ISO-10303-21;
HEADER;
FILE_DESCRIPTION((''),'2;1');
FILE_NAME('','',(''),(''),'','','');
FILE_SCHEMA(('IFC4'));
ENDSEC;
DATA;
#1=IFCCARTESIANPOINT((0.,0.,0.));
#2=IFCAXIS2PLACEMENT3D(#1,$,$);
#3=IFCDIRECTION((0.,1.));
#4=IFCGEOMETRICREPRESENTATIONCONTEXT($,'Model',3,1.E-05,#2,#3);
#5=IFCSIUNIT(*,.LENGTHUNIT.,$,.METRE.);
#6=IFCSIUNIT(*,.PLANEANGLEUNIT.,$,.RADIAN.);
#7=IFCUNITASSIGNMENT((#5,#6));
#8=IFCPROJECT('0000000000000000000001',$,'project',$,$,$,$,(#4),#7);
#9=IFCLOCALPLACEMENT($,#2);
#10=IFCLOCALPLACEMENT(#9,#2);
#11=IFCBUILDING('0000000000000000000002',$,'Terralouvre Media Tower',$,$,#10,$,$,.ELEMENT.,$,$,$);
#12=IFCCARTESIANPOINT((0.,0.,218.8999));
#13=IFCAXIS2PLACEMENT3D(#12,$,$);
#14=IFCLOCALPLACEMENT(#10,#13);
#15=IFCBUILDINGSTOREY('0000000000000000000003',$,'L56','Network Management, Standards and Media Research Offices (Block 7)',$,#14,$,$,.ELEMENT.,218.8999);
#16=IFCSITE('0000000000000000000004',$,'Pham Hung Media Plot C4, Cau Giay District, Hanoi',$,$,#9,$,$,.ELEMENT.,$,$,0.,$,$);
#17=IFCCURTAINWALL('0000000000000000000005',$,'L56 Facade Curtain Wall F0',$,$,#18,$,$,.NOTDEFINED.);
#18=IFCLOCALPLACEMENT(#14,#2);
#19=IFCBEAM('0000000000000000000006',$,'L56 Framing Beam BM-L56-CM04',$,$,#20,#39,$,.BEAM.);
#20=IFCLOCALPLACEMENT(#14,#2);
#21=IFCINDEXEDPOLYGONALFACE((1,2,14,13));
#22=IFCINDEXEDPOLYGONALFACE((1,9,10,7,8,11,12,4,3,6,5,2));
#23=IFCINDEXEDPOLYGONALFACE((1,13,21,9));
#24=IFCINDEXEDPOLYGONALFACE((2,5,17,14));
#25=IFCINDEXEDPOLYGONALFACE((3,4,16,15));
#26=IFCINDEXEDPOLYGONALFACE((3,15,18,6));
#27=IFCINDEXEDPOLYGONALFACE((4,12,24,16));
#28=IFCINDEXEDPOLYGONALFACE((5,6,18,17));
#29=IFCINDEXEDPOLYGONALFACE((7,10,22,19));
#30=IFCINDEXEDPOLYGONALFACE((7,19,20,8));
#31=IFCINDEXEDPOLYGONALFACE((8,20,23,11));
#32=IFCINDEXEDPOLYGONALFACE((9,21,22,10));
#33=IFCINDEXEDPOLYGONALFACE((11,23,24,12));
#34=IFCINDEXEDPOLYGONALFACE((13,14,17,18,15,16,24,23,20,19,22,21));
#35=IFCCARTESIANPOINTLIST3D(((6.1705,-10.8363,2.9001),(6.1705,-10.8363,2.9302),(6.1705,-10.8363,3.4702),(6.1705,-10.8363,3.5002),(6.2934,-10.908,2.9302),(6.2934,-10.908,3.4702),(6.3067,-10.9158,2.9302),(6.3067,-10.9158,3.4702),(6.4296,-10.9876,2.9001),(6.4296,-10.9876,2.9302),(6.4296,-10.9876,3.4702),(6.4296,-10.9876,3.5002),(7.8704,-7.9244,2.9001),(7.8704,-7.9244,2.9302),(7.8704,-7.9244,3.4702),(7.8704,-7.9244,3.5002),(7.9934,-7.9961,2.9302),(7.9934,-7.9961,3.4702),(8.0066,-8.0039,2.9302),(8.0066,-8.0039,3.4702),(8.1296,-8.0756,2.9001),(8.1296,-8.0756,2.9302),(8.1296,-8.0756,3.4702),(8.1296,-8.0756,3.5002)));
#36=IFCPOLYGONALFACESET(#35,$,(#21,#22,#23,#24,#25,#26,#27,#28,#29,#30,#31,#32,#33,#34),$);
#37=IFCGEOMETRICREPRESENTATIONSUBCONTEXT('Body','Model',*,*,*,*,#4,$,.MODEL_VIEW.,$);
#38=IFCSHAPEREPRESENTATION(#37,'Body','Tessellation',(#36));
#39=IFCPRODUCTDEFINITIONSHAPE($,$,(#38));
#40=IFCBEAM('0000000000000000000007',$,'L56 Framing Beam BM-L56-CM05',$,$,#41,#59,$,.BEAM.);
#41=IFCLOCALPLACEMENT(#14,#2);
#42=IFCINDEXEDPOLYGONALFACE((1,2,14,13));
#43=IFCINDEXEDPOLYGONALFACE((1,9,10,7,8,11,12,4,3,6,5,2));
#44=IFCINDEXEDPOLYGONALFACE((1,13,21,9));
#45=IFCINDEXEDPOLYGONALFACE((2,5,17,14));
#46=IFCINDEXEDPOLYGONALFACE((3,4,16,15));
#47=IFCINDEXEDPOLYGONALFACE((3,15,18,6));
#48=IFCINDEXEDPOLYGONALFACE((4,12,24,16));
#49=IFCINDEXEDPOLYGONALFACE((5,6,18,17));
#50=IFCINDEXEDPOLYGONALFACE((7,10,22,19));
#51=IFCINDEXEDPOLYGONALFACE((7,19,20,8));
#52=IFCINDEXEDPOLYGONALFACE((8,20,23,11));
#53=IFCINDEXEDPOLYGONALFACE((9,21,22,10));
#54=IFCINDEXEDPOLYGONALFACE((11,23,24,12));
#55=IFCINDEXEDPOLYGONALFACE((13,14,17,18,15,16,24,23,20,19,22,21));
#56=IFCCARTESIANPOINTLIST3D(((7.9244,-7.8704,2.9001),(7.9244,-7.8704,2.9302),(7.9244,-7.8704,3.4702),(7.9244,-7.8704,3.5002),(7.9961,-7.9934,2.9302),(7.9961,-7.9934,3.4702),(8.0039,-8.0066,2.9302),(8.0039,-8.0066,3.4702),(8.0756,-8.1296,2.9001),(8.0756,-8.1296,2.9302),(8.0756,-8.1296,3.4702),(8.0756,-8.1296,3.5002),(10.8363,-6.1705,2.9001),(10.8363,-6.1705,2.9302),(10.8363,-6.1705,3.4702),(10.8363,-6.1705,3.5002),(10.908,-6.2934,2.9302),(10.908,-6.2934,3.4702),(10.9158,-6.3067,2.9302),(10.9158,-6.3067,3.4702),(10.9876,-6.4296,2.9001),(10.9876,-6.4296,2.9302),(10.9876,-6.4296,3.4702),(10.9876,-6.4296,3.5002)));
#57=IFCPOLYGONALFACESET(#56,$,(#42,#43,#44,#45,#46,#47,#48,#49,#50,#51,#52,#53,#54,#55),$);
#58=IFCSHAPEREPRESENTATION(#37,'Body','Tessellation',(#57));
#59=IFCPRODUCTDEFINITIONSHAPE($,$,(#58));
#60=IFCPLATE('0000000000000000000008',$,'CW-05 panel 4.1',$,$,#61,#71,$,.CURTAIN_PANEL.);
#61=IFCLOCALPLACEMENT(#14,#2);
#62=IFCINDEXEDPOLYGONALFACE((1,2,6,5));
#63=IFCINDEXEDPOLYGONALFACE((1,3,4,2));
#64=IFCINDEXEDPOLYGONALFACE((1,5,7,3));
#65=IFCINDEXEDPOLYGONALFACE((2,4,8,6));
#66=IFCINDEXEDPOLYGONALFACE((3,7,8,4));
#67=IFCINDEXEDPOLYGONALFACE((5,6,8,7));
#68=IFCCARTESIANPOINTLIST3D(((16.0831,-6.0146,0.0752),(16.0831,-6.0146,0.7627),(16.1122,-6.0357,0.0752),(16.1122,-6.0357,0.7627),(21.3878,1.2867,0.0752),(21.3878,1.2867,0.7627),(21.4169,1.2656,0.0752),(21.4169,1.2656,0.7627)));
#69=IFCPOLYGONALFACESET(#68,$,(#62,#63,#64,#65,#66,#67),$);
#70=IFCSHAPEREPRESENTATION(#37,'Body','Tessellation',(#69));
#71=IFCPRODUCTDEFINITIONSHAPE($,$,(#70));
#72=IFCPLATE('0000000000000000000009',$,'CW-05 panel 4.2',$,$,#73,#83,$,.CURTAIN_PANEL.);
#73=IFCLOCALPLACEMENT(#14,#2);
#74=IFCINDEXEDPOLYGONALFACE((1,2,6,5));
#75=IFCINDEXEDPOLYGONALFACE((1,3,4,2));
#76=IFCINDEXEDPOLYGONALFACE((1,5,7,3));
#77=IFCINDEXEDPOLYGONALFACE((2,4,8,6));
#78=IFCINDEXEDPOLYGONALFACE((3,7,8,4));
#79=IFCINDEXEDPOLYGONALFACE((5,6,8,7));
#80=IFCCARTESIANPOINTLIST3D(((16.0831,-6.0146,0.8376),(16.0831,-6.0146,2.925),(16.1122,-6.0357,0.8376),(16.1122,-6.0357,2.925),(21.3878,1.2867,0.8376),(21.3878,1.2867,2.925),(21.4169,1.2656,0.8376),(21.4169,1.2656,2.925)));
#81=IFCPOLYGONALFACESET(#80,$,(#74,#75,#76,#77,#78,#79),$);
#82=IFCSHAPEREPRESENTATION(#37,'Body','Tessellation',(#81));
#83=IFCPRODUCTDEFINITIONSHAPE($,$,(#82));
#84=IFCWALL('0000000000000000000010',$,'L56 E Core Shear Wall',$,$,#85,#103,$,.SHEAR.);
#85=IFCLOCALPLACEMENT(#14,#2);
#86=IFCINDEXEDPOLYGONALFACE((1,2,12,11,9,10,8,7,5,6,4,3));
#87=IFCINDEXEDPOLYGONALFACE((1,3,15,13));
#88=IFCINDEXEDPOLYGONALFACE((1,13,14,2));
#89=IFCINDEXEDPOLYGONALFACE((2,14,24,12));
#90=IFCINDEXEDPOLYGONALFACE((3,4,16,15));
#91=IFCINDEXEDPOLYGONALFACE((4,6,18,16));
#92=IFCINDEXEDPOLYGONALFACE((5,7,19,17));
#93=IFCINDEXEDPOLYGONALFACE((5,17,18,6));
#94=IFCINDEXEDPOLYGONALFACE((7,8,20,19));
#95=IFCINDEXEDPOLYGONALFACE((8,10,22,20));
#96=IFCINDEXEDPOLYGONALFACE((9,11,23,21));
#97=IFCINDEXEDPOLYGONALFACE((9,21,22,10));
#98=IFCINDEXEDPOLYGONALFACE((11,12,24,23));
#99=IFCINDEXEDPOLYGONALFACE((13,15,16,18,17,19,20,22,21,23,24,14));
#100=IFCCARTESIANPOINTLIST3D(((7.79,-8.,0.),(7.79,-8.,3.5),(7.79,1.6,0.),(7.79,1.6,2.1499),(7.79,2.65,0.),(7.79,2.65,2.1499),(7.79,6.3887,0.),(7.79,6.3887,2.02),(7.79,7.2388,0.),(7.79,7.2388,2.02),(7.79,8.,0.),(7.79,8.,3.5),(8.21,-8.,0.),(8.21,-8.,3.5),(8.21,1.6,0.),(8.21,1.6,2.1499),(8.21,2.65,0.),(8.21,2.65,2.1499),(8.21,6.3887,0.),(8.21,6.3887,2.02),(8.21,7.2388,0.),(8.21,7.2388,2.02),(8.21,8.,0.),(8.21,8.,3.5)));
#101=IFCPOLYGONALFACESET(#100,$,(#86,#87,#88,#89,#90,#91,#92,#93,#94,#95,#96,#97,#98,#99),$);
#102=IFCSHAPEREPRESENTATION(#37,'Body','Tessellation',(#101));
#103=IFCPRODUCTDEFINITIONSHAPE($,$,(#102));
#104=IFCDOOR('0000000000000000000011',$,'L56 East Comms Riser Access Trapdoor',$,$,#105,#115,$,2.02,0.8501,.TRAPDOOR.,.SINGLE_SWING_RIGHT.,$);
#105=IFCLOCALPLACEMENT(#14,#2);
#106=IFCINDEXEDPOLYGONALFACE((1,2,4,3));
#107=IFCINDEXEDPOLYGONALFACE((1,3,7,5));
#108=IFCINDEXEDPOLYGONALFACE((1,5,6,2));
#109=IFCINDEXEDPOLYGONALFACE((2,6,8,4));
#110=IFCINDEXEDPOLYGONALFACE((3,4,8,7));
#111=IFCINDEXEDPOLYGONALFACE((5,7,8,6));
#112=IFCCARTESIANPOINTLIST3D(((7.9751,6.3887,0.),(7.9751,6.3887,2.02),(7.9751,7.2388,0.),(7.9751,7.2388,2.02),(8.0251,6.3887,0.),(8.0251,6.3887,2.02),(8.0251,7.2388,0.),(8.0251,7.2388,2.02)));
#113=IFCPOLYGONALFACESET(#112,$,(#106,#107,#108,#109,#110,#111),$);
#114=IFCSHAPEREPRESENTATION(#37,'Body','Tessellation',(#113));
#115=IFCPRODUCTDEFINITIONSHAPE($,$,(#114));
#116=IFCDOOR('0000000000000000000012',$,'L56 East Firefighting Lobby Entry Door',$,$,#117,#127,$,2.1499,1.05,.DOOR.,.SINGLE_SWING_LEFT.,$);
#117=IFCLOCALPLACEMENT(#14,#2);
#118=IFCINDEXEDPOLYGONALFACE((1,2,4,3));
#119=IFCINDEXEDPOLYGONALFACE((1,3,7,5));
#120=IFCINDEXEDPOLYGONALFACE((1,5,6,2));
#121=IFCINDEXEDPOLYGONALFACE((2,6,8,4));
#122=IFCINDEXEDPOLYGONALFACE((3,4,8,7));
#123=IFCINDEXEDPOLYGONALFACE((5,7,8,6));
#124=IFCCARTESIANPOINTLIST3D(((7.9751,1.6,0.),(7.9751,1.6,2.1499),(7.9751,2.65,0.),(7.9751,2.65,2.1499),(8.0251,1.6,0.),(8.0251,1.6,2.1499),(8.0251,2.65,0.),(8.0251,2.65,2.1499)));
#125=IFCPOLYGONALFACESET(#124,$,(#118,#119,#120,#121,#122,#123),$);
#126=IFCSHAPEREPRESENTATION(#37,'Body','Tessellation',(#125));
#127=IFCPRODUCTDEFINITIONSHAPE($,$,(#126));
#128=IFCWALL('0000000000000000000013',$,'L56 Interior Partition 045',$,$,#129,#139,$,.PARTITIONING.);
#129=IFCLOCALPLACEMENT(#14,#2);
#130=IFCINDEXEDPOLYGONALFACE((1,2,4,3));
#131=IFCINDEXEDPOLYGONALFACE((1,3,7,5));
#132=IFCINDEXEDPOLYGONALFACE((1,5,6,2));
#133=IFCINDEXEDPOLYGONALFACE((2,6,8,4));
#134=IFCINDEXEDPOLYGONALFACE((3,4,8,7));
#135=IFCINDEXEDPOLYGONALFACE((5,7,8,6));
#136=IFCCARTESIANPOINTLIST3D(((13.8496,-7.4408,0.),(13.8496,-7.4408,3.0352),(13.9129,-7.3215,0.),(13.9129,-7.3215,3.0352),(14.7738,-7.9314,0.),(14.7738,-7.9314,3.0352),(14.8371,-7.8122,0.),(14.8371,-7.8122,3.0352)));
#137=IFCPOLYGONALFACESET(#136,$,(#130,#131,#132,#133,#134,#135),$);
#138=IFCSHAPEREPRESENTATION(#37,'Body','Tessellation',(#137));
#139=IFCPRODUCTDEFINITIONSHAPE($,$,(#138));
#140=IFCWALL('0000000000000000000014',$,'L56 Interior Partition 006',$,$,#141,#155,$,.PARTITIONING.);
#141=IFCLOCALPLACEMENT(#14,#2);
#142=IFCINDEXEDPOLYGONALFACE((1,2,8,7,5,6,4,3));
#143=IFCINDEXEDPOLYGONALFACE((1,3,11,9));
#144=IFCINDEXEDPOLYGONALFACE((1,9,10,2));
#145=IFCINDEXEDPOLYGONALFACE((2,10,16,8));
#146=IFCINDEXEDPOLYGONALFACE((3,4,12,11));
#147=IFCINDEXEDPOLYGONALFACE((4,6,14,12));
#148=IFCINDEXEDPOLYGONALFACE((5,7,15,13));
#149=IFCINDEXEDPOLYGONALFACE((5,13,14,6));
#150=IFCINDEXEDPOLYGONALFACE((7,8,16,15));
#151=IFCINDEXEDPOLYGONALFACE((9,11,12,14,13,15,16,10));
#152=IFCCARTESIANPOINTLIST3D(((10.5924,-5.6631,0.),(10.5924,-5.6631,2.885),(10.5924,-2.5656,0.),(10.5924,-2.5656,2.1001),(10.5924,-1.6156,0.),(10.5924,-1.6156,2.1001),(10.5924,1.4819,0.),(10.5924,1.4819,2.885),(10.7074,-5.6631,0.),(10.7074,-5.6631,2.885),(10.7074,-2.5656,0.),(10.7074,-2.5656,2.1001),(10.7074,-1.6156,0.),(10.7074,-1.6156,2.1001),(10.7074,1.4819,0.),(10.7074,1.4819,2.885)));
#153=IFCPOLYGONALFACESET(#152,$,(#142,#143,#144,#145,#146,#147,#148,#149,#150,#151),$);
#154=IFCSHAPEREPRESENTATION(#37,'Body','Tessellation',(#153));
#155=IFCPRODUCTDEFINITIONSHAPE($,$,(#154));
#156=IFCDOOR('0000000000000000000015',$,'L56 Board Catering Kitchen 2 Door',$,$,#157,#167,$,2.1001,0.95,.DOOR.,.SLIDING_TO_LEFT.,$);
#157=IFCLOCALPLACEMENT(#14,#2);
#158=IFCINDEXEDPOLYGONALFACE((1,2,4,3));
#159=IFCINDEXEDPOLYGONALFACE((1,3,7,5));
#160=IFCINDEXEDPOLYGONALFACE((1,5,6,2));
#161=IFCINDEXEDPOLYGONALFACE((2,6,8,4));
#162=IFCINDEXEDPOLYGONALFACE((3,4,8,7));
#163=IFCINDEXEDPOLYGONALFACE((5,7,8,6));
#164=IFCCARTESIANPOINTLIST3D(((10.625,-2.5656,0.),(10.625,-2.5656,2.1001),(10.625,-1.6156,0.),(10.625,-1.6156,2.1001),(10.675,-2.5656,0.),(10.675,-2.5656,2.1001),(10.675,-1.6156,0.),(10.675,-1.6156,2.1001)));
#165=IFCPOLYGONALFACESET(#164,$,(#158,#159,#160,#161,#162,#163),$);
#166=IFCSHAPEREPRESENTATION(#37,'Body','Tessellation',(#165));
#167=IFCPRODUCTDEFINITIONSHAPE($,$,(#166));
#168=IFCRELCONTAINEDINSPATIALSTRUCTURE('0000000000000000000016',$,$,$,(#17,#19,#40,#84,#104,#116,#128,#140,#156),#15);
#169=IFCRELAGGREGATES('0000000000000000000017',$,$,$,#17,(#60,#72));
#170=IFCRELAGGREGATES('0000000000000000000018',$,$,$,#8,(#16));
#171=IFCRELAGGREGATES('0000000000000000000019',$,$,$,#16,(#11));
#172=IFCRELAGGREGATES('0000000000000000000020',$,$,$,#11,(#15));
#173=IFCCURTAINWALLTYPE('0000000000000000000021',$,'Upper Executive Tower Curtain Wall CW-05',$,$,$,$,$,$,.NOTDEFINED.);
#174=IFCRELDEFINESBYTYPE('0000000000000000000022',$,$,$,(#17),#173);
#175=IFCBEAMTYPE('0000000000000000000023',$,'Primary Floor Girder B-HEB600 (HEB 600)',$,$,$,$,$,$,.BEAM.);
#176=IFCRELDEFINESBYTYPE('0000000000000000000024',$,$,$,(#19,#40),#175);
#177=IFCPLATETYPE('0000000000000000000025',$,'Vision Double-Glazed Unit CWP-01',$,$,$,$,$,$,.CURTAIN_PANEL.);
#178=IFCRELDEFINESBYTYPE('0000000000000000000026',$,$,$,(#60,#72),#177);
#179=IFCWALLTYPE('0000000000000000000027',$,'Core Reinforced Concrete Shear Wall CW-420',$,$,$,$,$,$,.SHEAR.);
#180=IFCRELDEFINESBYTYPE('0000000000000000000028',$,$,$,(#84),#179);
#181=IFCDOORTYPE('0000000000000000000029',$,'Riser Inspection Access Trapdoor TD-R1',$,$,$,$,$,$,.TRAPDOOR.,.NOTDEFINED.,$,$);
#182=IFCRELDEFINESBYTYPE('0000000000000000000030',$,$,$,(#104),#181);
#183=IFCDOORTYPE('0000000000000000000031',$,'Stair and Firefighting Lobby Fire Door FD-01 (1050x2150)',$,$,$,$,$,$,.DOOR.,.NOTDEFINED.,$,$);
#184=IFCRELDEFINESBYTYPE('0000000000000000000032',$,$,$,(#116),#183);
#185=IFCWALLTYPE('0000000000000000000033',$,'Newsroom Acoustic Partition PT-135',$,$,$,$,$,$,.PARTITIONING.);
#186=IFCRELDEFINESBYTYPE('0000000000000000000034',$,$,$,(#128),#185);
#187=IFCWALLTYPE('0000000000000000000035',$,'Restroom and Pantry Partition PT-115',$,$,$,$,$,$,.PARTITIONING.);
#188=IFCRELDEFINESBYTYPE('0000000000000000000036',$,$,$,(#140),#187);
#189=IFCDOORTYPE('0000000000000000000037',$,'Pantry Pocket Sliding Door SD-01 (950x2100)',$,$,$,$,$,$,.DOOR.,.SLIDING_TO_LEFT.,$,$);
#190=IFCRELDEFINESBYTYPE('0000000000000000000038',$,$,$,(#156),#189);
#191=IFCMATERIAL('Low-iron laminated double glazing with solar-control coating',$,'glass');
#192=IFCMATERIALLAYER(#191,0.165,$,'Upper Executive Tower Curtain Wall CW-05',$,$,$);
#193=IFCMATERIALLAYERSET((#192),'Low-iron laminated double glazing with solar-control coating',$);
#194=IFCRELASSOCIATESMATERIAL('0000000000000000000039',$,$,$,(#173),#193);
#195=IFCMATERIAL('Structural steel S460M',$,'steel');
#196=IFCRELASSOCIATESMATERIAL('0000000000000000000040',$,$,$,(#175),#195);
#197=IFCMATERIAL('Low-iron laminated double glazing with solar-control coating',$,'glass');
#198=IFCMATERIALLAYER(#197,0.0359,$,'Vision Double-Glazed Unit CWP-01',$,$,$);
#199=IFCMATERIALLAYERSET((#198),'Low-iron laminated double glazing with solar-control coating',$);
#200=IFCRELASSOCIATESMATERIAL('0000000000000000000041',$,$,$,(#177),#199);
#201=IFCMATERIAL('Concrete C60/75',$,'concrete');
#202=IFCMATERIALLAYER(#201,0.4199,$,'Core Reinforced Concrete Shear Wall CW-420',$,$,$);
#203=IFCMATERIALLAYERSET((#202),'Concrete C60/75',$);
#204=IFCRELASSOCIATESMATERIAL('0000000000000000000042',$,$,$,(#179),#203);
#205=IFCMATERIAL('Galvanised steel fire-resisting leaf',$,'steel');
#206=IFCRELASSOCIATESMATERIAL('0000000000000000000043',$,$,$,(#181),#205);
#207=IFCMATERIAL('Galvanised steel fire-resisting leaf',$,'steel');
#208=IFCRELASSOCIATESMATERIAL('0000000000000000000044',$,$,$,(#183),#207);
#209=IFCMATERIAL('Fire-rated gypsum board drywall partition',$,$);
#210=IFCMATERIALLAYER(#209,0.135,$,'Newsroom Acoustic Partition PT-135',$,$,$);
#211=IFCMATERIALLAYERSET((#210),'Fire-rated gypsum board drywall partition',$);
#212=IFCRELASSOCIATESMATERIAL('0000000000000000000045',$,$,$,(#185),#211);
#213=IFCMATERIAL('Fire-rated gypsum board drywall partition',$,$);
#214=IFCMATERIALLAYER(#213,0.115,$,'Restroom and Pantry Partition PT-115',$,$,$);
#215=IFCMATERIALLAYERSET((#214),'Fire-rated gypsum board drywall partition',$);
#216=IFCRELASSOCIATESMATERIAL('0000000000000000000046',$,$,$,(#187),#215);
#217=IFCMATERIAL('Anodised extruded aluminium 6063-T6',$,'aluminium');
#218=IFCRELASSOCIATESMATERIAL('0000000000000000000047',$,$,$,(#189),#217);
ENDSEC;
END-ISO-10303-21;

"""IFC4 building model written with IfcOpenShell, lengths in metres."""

from ifc_helpers import new_model, si_unit, direction, frame, frame_2d, origin, origin_2d, place, context, subcontext, project, spatial, rectangle, i_section, extrude, material, layer, layer_set, material_profile, profile_set, type_object, element, fill, aggregate, save


model = new_model("IFC4")

# Units and contexts
model_context = context("Model", 3, precision=1e-05, world=origin(), true_north=direction((0.0, 1.0)))
body_context = subcontext(model_context, "Body", "Model", "MODEL_VIEW")
ifc_project = project(units=[si_unit("LENGTHUNIT", "METRE"), si_unit("PLANEANGLEUNIT", "RADIAN")], contexts=[model_context])

# Site, building, storey
site_placement = place(None, origin())
site = spatial("IfcSite", under=ifc_project, at=site_placement, Name="Pham Hung Media Plot C4, Cau Giay District, Hanoi", CompositionType="ELEMENT", RefElevation=0.0)
building_placement = place(site_placement, origin())
building = spatial("IfcBuilding", under=site, at=building_placement, Name="Terralouvre Media Tower", CompositionType="ELEMENT")
storey_placement = place(building_placement, frame((0.0, 0.0, 218.8999)))
storey = spatial("IfcBuildingStorey", under=building, at=storey_placement, Name="L56", Description="Network Management, Standards and Media Research Offices (Block 7)", CompositionType="ELEMENT", Elevation=218.8999)

# Curtain wall
ifc_material_1 = material(Name="Low-iron laminated double glazing with solar-control coating", Category="glass")
ifc_layer_1 = layer(ifc_material_1, 0.165, Name="Upper Executive Tower Curtain Wall CW-05")
ifc_layer_set_1 = layer_set([ifc_layer_1], Name="Low-iron laminated double glazing with solar-control coating")
curtain_wall_type = type_object("IfcCurtainWallType", Name="Upper Executive Tower Curtain Wall CW-05", PredefinedType="NOTDEFINED", material=ifc_layer_set_1)
curtain_wall_placement = place(storey_placement, origin())
curtain_wall = element("IfcCurtainWall", 1, at=curtain_wall_placement, inside=storey, type_object=curtain_wall_type, Name="L56 Facade Curtain Wall F0", PredefinedType="NOTDEFINED")

# Beams
ifc_material_2 = material(Name="Structural steel S460M", Category="steel")
ifc_material_profile_1 = material_profile(ifc_material_2, i_section(OverallWidth=0.3, OverallDepth=0.6001, WebThickness=0.0154, FlangeThickness=0.03, at=origin_2d()), Name="HEB 600")
ifc_profile_set_1 = profile_set([ifc_material_profile_1], Name="Structural steel S460M")
beam_type_1 = type_object("IfcBeamType", Name="Primary Floor Girder B-HEB600 (HEB 600)", PredefinedType="BEAM", material=ifc_profile_set_1)
for number, where, z_axis, x_axis, name in (
    (2, (8.0, -8.0, 3.2002), (-0.504173, -0.863603, 0.0), (0.863603, -0.504173, 0.0), "L56 Framing Beam BM-L56-CM04"),
    (3, (8.0, -8.0, 3.2002), (0.863603, 0.504173, 0.0), (-0.504173, 0.863603, 0.0), "L56 Framing Beam BM-L56-CM05"),
):
    element("IfcBeam", number, at=place(storey_placement, frame(where, z_axis=z_axis, x_axis=x_axis)), inside=storey, type_object=beam_type_1, Name=name, PredefinedType="BEAM", context=body_context, shape_type="SweptSolid", body=[
        extrude(i_section(OverallWidth=0.3, OverallDepth=0.6001, WebThickness=0.0154, FlangeThickness=0.03, at=origin_2d()), origin(), (0.0, 0.0, 1.0), 3.3718),
    ])

# Plates
ifc_material_3 = material(Name="Low-iron laminated double glazing with solar-control coating", Category="glass")
ifc_layer_2 = layer(ifc_material_3, 0.0359, Name="Vision Double-Glazed Unit CWP-01")
ifc_layer_set_2 = layer_set([ifc_layer_2], Name="Low-iron laminated double glazing with solar-control coating")
plate_type = type_object("IfcPlateType", Name="Vision Double-Glazed Unit CWP-01", PredefinedType="CURTAIN_PANEL", material=ifc_layer_set_2)
plate_1_placement = place(storey_placement, frame((18.75, -2.3745, 0.0752), z_axis=(0.0, 0.0, 1.0), x_axis=(0.587785, 0.809017, 0.0)))
plate_1 = element("IfcPlate", 4, at=plate_1_placement, type_object=plate_type, Name="CW-05 panel 4.1", PredefinedType="CURTAIN_PANEL", context=body_context, shape_type="SweptSolid", body=[
    extrude(rectangle(XDim=9.0249, YDim=0.0359, at=origin_2d()), origin(), (0.0, 0.0, 1.0), 0.6875),
])
plate_2_placement = place(storey_placement, frame((18.75, -2.3745, 0.8376), z_axis=(0.0, 0.0, 1.0), x_axis=(0.587785, 0.809017, 0.0)))
plate_2 = element("IfcPlate", 5, at=plate_2_placement, type_object=plate_type, Name="CW-05 panel 4.2", PredefinedType="CURTAIN_PANEL", context=body_context, shape_type="SweptSolid", body=[
    extrude(rectangle(XDim=9.0249, YDim=0.0359, at=origin_2d()), origin(), (0.0, 0.0, 1.0), 2.0874),
])
aggregate(curtain_wall, [plate_1, plate_2])

# Wall, openings, doors
ifc_material_4 = material(Name="Concrete C60/75", Category="concrete")
ifc_layer_3 = layer(ifc_material_4, 0.4199, Name="Core Reinforced Concrete Shear Wall CW-420")
ifc_layer_set_3 = layer_set([ifc_layer_3], Name="Concrete C60/75")
wall_type_1 = type_object("IfcWallType", Name="Core Reinforced Concrete Shear Wall CW-420", PredefinedType="SHEAR", material=ifc_layer_set_3)
wall_1_placement = place(storey_placement, frame((8.0, -8.0, 0.0), z_axis=(0.0, 0.0, 1.0), x_axis=(0.0, 1.0, 0.0)))
wall_1 = element("IfcWall", 6, at=wall_1_placement, inside=storey, type_object=wall_type_1, Name="L56 E Core Shear Wall", PredefinedType="SHEAR", context=body_context, shape_type="SweptSolid", body=[
    extrude(rectangle(XDim=16.0, YDim=0.4199, at=frame_2d((8.0, 0.0))), origin(), (0.0, 0.0, 1.0), 3.5),
])
opening_1_placement = place(wall_1_placement, frame((9.6001, 0.0, 0.0)))
opening_1 = element("IfcOpeningElement", 7, at=opening_1_placement, cuts=wall_1, PredefinedType="OPENING", context=body_context, shape_type="SweptSolid", body=[
    extrude(rectangle(XDim=1.05, YDim=2.1499, at=frame_2d((0.5249, 1.075))), frame((0.0, 0.22, 0.0), z_axis=(0.0, -1.0, 0.0), x_axis=(1.0, 0.0, 0.0)), (0.0, 0.0, 1.0), 0.4399),
])
opening_2_placement = place(wall_1_placement, frame((14.3887, 0.0, 0.0)))
opening_2 = element("IfcOpeningElement", 8, at=opening_2_placement, cuts=wall_1, PredefinedType="OPENING", context=body_context, shape_type="SweptSolid", body=[
    extrude(rectangle(XDim=0.8501, YDim=2.02, at=frame_2d((0.425, 1.01))), frame((0.0, 0.22, 0.0), z_axis=(0.0, -1.0, 0.0), x_axis=(1.0, 0.0, 0.0)), (0.0, 0.0, 1.0), 0.4399),
])
ifc_material_5 = material(Name="Galvanised steel fire-resisting leaf", Category="steel")
door_type_1 = type_object("IfcDoorType", Name="Riser Inspection Access Trapdoor TD-R1", OperationType="NOTDEFINED", PredefinedType="TRAPDOOR", material=ifc_material_5)
door_1_placement = place(opening_2_placement, origin())
door_1 = element("IfcDoor", 9, at=door_1_placement, inside=storey, type_object=door_type_1, Name="L56 East Comms Riser Access Trapdoor", OperationType="SINGLE_SWING_RIGHT", OverallHeight=2.02, OverallWidth=0.8501, PredefinedType="TRAPDOOR", context=body_context, shape_type="SweptSolid", body=[
    extrude(rectangle(XDim=0.8501, YDim=2.02, at=frame_2d((0.425, 1.01))), frame((0.0, 0.0249, 0.0), z_axis=(0.0, -1.0, 0.0), x_axis=(1.0, 0.0, 0.0)), (0.0, 0.0, 1.0), 0.05),
])
fill(opening_2, door_1)
ifc_material_6 = material(Name="Galvanised steel fire-resisting leaf", Category="steel")
door_type_2 = type_object("IfcDoorType", Name="Stair and Firefighting Lobby Fire Door FD-01 (1050x2150)", OperationType="NOTDEFINED", PredefinedType="DOOR", material=ifc_material_6)
door_2_placement = place(opening_1_placement, origin())
door_2 = element("IfcDoor", 10, at=door_2_placement, inside=storey, type_object=door_type_2, Name="L56 East Firefighting Lobby Entry Door", OperationType="SINGLE_SWING_LEFT", OverallHeight=2.1499, OverallWidth=1.05, PredefinedType="DOOR", context=body_context, shape_type="SweptSolid", body=[
    extrude(rectangle(XDim=1.05, YDim=2.1499, at=frame_2d((0.5249, 1.075))), frame((0.0, 0.0249, 0.0), z_axis=(0.0, -1.0, 0.0), x_axis=(1.0, 0.0, 0.0)), (0.0, 0.0, 1.0), 0.05),
])
fill(opening_1, door_2)

# Wall
ifc_material_7 = material(Name="Fire-rated gypsum board drywall partition")
ifc_layer_4 = layer(ifc_material_7, 0.135, Name="Newsroom Acoustic Partition PT-135")
ifc_layer_set_4 = layer_set([ifc_layer_4], Name="Fire-rated gypsum board drywall partition")
wall_type_2 = type_object("IfcWallType", Name="Newsroom Acoustic Partition PT-135", PredefinedType="PARTITIONING", material=ifc_layer_set_4)
wall_2_placement = place(storey_placement, frame((14.8054, -7.8718, 0.0), z_axis=(0.0, 0.0, 1.0), x_axis=(-0.883243, 0.468916, 0.0)))
element("IfcWall", 11, at=wall_2_placement, inside=storey, type_object=wall_type_2, Name="L56 Interior Partition 045", PredefinedType="PARTITIONING", context=body_context, shape_type="SweptSolid", body=[
    extrude(rectangle(XDim=1.0464, YDim=0.135, at=frame_2d((0.5232, 0.0))), origin(), (0.0, 0.0, 1.0), 3.0352),
])

# Wall, opening, door
ifc_material_8 = material(Name="Fire-rated gypsum board drywall partition")
ifc_layer_5 = layer(ifc_material_8, 0.115, Name="Restroom and Pantry Partition PT-115")
ifc_layer_set_5 = layer_set([ifc_layer_5], Name="Fire-rated gypsum board drywall partition")
wall_type_3 = type_object("IfcWallType", Name="Restroom and Pantry Partition PT-115", PredefinedType="PARTITIONING", material=ifc_layer_set_5)
wall_3_placement = place(storey_placement, frame((10.6499, -5.6631, 0.0), z_axis=(0.0, 0.0, 1.0), x_axis=(0.0, 1.0, 0.0)))
wall_3 = element("IfcWall", 12, at=wall_3_placement, inside=storey, type_object=wall_type_3, Name="L56 Interior Partition 006", PredefinedType="PARTITIONING", context=body_context, shape_type="SweptSolid", body=[
    extrude(rectangle(XDim=7.145, YDim=0.115, at=frame_2d((3.5725, 0.0))), origin(), (0.0, 0.0, 1.0), 2.885),
])
opening_3_placement = place(wall_3_placement, frame((3.0974, 0.0, 0.0)))
opening_3 = element("IfcOpeningElement", 13, at=opening_3_placement, cuts=wall_3, PredefinedType="OPENING", context=body_context, shape_type="SweptSolid", body=[
    extrude(rectangle(XDim=0.95, YDim=2.1001, at=frame_2d((0.4751, 1.05))), frame((0.0, 0.0674, 0.0), z_axis=(0.0, -1.0, 0.0), x_axis=(1.0, 0.0, 0.0)), (0.0, 0.0, 1.0), 0.135),
])
ifc_material_9 = material(Name="Anodised extruded aluminium 6063-T6", Category="aluminium")
door_type_3 = type_object("IfcDoorType", Name="Pantry Pocket Sliding Door SD-01 (950x2100)", OperationType="SLIDING_TO_LEFT", PredefinedType="DOOR", material=ifc_material_9)
door_3_placement = place(opening_3_placement, origin())
door_3 = element("IfcDoor", 14, at=door_3_placement, inside=storey, type_object=door_type_3, Name="L56 Board Catering Kitchen 2 Door", OperationType="SLIDING_TO_LEFT", OverallHeight=2.1001, OverallWidth=0.95, PredefinedType="DOOR", context=body_context, shape_type="SweptSolid", body=[
    extrude(rectangle(XDim=0.95, YDim=2.1001, at=frame_2d((0.4751, 1.05))), frame((0.0, 0.0249, 0.0), z_axis=(0.0, -1.0, 0.0), x_axis=(1.0, 0.0, 0.0)), (0.0, 0.0, 1.0), 0.05),
])
fill(opening_3, door_3)

save(model, "model.ifc")
